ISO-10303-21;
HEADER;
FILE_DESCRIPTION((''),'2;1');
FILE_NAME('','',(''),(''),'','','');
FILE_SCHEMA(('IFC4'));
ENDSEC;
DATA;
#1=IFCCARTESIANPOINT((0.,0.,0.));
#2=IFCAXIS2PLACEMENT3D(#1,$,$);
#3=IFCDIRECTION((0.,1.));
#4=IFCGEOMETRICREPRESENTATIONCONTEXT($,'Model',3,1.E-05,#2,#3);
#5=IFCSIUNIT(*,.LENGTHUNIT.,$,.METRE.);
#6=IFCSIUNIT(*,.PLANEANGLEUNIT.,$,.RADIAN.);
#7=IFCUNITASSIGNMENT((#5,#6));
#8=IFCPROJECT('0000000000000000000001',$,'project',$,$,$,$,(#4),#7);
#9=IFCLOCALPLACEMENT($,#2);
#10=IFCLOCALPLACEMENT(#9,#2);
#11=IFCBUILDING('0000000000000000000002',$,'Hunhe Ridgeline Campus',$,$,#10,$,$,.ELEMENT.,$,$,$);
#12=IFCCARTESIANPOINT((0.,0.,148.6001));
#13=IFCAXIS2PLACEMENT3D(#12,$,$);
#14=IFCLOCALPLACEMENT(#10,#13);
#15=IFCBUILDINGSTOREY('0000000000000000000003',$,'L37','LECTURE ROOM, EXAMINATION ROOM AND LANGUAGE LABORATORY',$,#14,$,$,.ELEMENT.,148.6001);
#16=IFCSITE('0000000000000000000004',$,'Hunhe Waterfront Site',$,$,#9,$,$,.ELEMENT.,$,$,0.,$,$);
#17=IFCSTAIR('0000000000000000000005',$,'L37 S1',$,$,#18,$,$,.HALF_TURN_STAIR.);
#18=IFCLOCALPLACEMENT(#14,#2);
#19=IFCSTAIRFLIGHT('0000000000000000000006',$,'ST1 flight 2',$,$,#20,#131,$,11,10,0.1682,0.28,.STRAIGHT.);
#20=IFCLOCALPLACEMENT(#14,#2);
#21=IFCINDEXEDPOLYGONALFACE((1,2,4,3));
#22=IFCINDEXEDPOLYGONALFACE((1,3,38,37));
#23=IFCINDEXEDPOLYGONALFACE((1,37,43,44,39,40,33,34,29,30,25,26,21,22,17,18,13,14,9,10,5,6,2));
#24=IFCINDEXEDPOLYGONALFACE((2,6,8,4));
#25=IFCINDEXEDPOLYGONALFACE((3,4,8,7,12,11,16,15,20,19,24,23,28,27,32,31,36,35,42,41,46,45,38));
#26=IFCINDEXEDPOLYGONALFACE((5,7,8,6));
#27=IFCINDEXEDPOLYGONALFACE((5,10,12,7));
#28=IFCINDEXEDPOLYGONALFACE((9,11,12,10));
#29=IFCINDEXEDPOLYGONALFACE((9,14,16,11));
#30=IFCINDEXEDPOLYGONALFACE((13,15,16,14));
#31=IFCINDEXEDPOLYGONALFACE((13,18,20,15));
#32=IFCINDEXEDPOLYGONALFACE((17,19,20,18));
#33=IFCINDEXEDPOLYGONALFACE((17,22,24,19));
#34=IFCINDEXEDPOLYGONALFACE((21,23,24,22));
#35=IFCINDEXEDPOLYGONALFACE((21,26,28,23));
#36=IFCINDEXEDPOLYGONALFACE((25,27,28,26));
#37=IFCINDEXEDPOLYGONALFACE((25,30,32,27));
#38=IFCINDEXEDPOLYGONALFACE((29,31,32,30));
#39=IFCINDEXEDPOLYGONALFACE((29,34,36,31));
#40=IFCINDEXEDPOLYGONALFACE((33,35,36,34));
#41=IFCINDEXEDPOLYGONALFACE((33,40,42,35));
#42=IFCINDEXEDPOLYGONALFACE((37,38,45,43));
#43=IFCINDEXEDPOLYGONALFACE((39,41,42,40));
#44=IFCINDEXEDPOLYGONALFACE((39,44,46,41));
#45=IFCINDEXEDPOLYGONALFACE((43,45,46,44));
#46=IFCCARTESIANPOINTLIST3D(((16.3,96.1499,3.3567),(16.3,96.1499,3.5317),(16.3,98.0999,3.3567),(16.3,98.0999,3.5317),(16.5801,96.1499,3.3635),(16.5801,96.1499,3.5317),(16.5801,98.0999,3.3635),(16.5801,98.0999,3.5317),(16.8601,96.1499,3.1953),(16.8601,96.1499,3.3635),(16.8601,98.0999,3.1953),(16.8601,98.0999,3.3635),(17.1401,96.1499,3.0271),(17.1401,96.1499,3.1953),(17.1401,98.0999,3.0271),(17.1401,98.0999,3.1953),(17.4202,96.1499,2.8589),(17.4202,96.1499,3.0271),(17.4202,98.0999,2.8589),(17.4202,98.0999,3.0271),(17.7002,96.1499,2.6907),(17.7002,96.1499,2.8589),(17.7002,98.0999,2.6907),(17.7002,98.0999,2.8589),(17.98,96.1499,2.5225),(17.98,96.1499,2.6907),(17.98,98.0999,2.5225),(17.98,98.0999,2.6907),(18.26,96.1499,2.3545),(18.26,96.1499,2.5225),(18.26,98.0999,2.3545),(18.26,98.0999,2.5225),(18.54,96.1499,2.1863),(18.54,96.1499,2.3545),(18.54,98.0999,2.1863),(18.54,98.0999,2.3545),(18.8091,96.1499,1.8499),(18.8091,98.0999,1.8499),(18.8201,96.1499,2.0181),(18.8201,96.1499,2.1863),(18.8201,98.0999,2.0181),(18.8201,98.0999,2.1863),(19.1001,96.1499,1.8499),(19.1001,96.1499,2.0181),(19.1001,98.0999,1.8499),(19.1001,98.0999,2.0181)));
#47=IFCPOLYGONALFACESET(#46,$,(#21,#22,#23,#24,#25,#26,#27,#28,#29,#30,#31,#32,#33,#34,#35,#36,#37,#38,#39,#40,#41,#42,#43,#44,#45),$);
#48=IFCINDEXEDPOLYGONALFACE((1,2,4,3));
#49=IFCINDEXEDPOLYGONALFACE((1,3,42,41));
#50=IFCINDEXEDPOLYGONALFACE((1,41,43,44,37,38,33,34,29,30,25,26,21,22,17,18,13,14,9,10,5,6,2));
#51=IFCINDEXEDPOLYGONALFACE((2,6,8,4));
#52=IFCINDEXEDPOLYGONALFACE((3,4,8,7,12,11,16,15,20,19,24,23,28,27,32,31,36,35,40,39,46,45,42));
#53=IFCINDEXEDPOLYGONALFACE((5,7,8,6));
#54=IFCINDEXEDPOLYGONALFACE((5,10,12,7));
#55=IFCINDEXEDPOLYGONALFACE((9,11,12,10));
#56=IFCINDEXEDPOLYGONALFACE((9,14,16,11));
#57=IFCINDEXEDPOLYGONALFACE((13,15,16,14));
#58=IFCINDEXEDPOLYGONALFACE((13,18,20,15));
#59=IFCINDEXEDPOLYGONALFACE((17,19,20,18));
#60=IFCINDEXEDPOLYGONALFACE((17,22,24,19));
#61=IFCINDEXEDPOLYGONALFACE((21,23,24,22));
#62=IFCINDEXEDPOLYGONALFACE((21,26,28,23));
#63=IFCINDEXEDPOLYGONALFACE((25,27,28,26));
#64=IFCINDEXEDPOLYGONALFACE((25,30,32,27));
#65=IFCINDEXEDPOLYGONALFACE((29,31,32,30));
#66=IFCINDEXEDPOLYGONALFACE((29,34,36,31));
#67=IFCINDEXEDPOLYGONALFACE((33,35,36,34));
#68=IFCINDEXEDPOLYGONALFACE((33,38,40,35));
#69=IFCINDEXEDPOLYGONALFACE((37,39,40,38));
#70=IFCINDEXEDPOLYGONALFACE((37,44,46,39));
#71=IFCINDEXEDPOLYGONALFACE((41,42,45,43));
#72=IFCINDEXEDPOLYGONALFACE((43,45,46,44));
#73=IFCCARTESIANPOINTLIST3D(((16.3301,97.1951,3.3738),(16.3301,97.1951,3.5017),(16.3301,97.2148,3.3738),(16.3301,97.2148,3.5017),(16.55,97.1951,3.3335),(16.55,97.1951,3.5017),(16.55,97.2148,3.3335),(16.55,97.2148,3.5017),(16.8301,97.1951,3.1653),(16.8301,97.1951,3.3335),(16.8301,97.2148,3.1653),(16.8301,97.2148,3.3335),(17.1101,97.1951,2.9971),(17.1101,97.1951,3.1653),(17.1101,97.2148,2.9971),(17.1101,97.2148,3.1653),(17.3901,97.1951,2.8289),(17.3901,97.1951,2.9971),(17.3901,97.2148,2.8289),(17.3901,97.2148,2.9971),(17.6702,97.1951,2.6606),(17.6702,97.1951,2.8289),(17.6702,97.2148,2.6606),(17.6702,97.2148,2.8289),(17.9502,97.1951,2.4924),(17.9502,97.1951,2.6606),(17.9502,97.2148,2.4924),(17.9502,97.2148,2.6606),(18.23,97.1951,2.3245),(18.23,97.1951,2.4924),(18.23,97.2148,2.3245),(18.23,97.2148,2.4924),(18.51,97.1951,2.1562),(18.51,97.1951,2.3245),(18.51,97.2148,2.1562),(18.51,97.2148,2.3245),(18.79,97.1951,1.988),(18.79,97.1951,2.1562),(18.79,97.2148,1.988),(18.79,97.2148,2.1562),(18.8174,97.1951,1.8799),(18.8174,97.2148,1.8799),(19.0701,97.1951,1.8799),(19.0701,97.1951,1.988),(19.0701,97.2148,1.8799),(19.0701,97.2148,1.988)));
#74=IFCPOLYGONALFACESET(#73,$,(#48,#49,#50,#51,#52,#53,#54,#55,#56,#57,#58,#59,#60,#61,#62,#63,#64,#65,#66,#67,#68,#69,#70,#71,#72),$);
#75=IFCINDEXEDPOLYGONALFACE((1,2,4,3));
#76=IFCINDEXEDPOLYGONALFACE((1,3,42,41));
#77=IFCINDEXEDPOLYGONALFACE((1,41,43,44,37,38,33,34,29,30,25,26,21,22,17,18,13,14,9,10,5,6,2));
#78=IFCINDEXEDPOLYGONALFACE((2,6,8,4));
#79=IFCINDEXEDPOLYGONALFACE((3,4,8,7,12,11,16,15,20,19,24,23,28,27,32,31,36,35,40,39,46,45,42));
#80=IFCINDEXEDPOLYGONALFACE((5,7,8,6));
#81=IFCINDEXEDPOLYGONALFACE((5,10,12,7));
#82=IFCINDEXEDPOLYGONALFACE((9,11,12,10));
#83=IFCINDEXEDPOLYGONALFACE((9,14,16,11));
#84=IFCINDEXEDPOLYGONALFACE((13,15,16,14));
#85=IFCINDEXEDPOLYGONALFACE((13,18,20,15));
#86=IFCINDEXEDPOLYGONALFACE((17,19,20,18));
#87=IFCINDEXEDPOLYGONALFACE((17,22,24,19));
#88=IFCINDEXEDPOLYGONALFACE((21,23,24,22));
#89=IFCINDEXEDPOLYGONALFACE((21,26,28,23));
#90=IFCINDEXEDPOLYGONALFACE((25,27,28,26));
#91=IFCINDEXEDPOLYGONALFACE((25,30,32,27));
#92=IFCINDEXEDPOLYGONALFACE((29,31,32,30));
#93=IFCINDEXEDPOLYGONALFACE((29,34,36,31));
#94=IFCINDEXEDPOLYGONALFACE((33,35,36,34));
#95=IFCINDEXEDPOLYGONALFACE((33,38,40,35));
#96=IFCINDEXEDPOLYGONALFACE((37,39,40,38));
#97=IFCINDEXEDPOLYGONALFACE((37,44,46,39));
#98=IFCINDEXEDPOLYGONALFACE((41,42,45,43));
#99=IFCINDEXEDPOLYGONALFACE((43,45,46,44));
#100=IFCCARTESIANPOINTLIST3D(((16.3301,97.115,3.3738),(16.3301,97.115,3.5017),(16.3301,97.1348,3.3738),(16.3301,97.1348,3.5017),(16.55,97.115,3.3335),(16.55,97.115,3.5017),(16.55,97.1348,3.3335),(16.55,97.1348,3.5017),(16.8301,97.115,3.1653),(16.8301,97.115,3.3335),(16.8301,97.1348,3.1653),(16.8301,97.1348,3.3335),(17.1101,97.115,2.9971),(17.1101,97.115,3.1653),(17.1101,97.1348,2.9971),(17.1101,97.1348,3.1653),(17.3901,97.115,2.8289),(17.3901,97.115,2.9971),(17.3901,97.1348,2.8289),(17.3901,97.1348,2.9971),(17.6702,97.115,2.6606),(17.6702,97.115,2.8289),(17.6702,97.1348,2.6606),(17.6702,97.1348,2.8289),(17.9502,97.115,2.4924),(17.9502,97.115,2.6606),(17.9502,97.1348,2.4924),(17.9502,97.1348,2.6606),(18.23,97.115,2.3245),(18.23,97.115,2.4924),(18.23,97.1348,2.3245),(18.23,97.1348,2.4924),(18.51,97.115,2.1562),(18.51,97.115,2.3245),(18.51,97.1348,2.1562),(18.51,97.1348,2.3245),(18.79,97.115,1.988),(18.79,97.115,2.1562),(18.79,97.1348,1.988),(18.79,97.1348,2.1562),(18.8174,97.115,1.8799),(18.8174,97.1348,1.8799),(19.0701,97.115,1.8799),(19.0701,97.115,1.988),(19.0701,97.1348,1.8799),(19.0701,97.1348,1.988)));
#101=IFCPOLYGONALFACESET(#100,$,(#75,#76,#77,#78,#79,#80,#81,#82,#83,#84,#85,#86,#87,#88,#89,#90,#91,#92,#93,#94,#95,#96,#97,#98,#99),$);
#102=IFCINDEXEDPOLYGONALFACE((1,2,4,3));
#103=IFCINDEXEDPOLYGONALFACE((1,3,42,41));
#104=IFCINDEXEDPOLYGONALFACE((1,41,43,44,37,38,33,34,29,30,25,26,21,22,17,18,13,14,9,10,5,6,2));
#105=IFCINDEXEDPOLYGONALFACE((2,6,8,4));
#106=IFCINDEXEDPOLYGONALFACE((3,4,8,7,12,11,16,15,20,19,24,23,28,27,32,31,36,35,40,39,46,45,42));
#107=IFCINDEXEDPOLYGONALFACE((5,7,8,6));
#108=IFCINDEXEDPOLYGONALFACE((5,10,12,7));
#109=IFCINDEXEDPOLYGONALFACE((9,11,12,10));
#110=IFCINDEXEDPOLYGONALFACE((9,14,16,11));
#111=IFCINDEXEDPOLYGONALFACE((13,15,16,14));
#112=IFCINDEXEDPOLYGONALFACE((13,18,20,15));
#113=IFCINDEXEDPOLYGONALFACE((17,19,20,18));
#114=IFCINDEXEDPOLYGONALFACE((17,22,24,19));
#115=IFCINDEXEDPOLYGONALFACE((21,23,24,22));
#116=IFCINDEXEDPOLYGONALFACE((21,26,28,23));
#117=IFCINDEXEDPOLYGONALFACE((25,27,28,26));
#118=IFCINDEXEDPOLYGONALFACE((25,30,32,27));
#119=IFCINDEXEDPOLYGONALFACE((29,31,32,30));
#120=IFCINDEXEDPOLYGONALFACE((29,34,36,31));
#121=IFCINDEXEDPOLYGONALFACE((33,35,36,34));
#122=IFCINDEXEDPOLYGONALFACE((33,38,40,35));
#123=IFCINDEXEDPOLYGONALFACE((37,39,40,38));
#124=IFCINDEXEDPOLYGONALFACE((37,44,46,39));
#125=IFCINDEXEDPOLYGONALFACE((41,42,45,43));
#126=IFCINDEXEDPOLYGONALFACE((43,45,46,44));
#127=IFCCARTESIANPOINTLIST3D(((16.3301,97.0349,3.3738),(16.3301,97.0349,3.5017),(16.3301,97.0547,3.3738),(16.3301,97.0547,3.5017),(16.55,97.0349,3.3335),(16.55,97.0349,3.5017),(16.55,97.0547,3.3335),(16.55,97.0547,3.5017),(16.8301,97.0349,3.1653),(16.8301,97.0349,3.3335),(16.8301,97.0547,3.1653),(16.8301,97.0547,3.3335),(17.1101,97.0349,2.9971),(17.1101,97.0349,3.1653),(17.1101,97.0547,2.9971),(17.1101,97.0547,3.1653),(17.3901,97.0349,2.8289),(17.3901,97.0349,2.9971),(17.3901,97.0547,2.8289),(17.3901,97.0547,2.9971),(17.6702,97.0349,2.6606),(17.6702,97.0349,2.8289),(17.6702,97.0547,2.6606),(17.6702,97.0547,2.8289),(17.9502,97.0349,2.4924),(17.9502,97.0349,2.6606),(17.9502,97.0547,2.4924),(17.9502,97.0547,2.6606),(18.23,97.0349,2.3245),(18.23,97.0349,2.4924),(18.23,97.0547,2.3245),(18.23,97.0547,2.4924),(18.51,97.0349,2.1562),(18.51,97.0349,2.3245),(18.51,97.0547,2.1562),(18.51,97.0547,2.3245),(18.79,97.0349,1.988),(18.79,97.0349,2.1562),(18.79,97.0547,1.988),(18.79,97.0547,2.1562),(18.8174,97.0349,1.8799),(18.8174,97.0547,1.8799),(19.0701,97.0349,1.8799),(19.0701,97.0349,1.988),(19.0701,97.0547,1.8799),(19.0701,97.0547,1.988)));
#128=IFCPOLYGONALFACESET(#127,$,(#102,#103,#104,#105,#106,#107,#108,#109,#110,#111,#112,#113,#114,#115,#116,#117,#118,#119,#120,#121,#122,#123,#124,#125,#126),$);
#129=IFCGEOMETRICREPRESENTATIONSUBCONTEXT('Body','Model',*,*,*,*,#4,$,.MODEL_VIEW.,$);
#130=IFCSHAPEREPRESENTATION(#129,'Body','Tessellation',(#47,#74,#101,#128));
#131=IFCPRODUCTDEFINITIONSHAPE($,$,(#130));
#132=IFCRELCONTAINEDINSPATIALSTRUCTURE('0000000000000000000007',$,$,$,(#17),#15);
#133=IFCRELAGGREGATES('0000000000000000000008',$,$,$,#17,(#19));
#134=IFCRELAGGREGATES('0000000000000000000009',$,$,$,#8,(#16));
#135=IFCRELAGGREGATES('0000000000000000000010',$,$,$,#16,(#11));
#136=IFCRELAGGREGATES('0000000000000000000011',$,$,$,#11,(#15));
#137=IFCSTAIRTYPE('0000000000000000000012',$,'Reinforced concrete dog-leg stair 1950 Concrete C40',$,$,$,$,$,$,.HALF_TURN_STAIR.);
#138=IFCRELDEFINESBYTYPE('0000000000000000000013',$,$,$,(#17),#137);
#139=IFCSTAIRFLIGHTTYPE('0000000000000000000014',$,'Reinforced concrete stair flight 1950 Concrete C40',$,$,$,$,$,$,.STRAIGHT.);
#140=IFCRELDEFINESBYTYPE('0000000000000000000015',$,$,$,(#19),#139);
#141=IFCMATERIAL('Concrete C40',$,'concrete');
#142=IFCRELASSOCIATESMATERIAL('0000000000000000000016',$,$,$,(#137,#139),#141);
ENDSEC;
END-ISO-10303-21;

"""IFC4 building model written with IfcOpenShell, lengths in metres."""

from ifc_helpers import new_model, si_unit, direction, frame, origin, place, context, subcontext, project, spatial, polyline, outline, extrude, material, type_object, element, aggregate, save


model = new_model("IFC4")

# Units and contexts
model_context = context("Model", 3, precision=1e-05, world=origin(), true_north=direction((0.0, 1.0)))
body_context = subcontext(model_context, "Body", "Model", "MODEL_VIEW")
ifc_project = project(units=[si_unit("LENGTHUNIT", "METRE"), si_unit("PLANEANGLEUNIT", "RADIAN")], contexts=[model_context])

# Site, building, storey
site_placement = place(None, origin())
site = spatial("IfcSite", under=ifc_project, at=site_placement, Name="Hunhe Waterfront Site", CompositionType="ELEMENT", RefElevation=0.0)
building_placement = place(site_placement, origin())
building = spatial("IfcBuilding", under=site, at=building_placement, Name="Hunhe Ridgeline Campus", CompositionType="ELEMENT")
storey_placement = place(building_placement, frame((0.0, 0.0, 148.6001)))
storey = spatial("IfcBuildingStorey", under=building, at=storey_placement, Name="L37", Description="LECTURE ROOM, EXAMINATION ROOM AND LANGUAGE LABORATORY", CompositionType="ELEMENT", Elevation=148.6001)

# Stair, stair flight
ifc_material_1 = material(Name="Concrete C40", Category="concrete")
stair_type = type_object("IfcStairType", Name="Reinforced concrete dog-leg stair 1950 Concrete C40", PredefinedType="HALF_TURN_STAIR", material=ifc_material_1)
stair_1_placement = place(storey_placement, origin())
stair_1 = element("IfcStair", 1, at=stair_1_placement, inside=storey, type_object=stair_type, Name="L37 S1", PredefinedType="HALF_TURN_STAIR")
stair_flight_type = type_object("IfcStairFlightType", Name="Reinforced concrete stair flight 1950 Concrete C40", PredefinedType="STRAIGHT", material=ifc_material_1)
stair_flight_1_placement = place(storey_placement, frame((19.1001, 97.125, 1.8499), z_axis=(0.0, 0.0, 1.0), x_axis=(-1.0, 0.0, 0.0)))
stair_flight_1 = element("IfcStairFlight", 2, at=stair_flight_1_placement, type_object=stair_flight_type, Name="ST1 flight 2", NumberOfRisers=11, NumberOfTreads=10, PredefinedType="STRAIGHT", RiserHeight=0.1682, TreadLength=0.28, context=body_context, shape_type="SweptSolid", body=[
    extrude(outline(polyline([(0.0, 0.0), (0.0, 0.1682), (0.28, 0.1682), (0.28, 0.3364), (0.5601, 0.3364), (0.5601, 0.5046), (0.8401, 0.5046), (0.8401, 0.6726), (1.1201, 0.6726), (1.1201, 0.8408), (1.3999, 0.8408), (1.3999, 1.009), (1.6799, 1.009), (1.6799, 1.1772), (1.96, 1.1772), (1.96, 1.3455), (2.24, 1.3455), (2.24, 1.5137), (2.52, 1.5137), (2.52, 1.6819), (2.8, 1.6819), (2.8, 1.8501), (2.8, 1.5068), (0.291, 0.0), (0.0, 0.0)])), frame((0.0, 0.9751, 0.0), z_axis=(0.0, -1.0, 0.0), x_axis=(1.0, 0.0, 0.0)), (0.0, 0.0, 1.0), 1.95),
    extrude(outline(polyline([(0.03, 0.03), (0.03, 0.1382), (0.3101, 0.1382), (0.3101, 0.3064), (0.5901, 0.3064), (0.5901, 0.4746), (0.8701, 0.4746), (0.8701, 0.6426), (1.1499, 0.6426), (1.1499, 0.8108), (1.4299, 0.8108), (1.4299, 0.979), (1.71, 0.979), (1.71, 1.1472), (1.99, 1.1472), (1.99, 1.3154), (2.27, 1.3154), (2.27, 1.4836), (2.55, 1.4836), (2.55, 1.6519), (2.77, 1.6519), (2.77, 1.5239), (0.2827, 0.03), (0.03, 0.03)])), frame((0.0, -0.0701, 0.0), z_axis=(0.0, -1.0, 0.0), x_axis=(1.0, 0.0, 0.0)), (0.0, 0.0, 1.0), 0.0198),
    extrude(outline(polyline([(0.03, 0.03), (0.03, 0.1382), (0.3101, 0.1382), (0.3101, 0.3064), (0.5901, 0.3064), (0.5901, 0.4746), (0.8701, 0.4746), (0.8701, 0.6426), (1.1499, 0.6426), (1.1499, 0.8108), (1.4299, 0.8108), (1.4299, 0.979), (1.71, 0.979), (1.71, 1.1472), (1.99, 1.1472), (1.99, 1.3154), (2.27, 1.3154), (2.27, 1.4836), (2.55, 1.4836), (2.55, 1.6519), (2.77, 1.6519), (2.77, 1.5239), (0.2827, 0.03), (0.03, 0.03)])), frame((0.0, 0.01, 0.0), z_axis=(0.0, -1.0, 0.0), x_axis=(1.0, 0.0, 0.0)), (0.0, 0.0, 1.0), 0.0198),
    extrude(outline(polyline([(0.03, 0.03), (0.03, 0.1382), (0.3101, 0.1382), (0.3101, 0.3064), (0.5901, 0.3064), (0.5901, 0.4746), (0.8701, 0.4746), (0.8701, 0.6426), (1.1499, 0.6426), (1.1499, 0.8108), (1.4299, 0.8108), (1.4299, 0.979), (1.71, 0.979), (1.71, 1.1472), (1.99, 1.1472), (1.99, 1.3154), (2.27, 1.3154), (2.27, 1.4836), (2.55, 1.4836), (2.55, 1.6519), (2.77, 1.6519), (2.77, 1.5239), (0.2827, 0.03), (0.03, 0.03)])), frame((0.0, 0.0901, 0.0), z_axis=(0.0, -1.0, 0.0), x_axis=(1.0, 0.0, 0.0)), (0.0, 0.0, 1.0), 0.0198),
])
aggregate(stair_1, [stair_flight_1])

save(model, "model.ifc")
